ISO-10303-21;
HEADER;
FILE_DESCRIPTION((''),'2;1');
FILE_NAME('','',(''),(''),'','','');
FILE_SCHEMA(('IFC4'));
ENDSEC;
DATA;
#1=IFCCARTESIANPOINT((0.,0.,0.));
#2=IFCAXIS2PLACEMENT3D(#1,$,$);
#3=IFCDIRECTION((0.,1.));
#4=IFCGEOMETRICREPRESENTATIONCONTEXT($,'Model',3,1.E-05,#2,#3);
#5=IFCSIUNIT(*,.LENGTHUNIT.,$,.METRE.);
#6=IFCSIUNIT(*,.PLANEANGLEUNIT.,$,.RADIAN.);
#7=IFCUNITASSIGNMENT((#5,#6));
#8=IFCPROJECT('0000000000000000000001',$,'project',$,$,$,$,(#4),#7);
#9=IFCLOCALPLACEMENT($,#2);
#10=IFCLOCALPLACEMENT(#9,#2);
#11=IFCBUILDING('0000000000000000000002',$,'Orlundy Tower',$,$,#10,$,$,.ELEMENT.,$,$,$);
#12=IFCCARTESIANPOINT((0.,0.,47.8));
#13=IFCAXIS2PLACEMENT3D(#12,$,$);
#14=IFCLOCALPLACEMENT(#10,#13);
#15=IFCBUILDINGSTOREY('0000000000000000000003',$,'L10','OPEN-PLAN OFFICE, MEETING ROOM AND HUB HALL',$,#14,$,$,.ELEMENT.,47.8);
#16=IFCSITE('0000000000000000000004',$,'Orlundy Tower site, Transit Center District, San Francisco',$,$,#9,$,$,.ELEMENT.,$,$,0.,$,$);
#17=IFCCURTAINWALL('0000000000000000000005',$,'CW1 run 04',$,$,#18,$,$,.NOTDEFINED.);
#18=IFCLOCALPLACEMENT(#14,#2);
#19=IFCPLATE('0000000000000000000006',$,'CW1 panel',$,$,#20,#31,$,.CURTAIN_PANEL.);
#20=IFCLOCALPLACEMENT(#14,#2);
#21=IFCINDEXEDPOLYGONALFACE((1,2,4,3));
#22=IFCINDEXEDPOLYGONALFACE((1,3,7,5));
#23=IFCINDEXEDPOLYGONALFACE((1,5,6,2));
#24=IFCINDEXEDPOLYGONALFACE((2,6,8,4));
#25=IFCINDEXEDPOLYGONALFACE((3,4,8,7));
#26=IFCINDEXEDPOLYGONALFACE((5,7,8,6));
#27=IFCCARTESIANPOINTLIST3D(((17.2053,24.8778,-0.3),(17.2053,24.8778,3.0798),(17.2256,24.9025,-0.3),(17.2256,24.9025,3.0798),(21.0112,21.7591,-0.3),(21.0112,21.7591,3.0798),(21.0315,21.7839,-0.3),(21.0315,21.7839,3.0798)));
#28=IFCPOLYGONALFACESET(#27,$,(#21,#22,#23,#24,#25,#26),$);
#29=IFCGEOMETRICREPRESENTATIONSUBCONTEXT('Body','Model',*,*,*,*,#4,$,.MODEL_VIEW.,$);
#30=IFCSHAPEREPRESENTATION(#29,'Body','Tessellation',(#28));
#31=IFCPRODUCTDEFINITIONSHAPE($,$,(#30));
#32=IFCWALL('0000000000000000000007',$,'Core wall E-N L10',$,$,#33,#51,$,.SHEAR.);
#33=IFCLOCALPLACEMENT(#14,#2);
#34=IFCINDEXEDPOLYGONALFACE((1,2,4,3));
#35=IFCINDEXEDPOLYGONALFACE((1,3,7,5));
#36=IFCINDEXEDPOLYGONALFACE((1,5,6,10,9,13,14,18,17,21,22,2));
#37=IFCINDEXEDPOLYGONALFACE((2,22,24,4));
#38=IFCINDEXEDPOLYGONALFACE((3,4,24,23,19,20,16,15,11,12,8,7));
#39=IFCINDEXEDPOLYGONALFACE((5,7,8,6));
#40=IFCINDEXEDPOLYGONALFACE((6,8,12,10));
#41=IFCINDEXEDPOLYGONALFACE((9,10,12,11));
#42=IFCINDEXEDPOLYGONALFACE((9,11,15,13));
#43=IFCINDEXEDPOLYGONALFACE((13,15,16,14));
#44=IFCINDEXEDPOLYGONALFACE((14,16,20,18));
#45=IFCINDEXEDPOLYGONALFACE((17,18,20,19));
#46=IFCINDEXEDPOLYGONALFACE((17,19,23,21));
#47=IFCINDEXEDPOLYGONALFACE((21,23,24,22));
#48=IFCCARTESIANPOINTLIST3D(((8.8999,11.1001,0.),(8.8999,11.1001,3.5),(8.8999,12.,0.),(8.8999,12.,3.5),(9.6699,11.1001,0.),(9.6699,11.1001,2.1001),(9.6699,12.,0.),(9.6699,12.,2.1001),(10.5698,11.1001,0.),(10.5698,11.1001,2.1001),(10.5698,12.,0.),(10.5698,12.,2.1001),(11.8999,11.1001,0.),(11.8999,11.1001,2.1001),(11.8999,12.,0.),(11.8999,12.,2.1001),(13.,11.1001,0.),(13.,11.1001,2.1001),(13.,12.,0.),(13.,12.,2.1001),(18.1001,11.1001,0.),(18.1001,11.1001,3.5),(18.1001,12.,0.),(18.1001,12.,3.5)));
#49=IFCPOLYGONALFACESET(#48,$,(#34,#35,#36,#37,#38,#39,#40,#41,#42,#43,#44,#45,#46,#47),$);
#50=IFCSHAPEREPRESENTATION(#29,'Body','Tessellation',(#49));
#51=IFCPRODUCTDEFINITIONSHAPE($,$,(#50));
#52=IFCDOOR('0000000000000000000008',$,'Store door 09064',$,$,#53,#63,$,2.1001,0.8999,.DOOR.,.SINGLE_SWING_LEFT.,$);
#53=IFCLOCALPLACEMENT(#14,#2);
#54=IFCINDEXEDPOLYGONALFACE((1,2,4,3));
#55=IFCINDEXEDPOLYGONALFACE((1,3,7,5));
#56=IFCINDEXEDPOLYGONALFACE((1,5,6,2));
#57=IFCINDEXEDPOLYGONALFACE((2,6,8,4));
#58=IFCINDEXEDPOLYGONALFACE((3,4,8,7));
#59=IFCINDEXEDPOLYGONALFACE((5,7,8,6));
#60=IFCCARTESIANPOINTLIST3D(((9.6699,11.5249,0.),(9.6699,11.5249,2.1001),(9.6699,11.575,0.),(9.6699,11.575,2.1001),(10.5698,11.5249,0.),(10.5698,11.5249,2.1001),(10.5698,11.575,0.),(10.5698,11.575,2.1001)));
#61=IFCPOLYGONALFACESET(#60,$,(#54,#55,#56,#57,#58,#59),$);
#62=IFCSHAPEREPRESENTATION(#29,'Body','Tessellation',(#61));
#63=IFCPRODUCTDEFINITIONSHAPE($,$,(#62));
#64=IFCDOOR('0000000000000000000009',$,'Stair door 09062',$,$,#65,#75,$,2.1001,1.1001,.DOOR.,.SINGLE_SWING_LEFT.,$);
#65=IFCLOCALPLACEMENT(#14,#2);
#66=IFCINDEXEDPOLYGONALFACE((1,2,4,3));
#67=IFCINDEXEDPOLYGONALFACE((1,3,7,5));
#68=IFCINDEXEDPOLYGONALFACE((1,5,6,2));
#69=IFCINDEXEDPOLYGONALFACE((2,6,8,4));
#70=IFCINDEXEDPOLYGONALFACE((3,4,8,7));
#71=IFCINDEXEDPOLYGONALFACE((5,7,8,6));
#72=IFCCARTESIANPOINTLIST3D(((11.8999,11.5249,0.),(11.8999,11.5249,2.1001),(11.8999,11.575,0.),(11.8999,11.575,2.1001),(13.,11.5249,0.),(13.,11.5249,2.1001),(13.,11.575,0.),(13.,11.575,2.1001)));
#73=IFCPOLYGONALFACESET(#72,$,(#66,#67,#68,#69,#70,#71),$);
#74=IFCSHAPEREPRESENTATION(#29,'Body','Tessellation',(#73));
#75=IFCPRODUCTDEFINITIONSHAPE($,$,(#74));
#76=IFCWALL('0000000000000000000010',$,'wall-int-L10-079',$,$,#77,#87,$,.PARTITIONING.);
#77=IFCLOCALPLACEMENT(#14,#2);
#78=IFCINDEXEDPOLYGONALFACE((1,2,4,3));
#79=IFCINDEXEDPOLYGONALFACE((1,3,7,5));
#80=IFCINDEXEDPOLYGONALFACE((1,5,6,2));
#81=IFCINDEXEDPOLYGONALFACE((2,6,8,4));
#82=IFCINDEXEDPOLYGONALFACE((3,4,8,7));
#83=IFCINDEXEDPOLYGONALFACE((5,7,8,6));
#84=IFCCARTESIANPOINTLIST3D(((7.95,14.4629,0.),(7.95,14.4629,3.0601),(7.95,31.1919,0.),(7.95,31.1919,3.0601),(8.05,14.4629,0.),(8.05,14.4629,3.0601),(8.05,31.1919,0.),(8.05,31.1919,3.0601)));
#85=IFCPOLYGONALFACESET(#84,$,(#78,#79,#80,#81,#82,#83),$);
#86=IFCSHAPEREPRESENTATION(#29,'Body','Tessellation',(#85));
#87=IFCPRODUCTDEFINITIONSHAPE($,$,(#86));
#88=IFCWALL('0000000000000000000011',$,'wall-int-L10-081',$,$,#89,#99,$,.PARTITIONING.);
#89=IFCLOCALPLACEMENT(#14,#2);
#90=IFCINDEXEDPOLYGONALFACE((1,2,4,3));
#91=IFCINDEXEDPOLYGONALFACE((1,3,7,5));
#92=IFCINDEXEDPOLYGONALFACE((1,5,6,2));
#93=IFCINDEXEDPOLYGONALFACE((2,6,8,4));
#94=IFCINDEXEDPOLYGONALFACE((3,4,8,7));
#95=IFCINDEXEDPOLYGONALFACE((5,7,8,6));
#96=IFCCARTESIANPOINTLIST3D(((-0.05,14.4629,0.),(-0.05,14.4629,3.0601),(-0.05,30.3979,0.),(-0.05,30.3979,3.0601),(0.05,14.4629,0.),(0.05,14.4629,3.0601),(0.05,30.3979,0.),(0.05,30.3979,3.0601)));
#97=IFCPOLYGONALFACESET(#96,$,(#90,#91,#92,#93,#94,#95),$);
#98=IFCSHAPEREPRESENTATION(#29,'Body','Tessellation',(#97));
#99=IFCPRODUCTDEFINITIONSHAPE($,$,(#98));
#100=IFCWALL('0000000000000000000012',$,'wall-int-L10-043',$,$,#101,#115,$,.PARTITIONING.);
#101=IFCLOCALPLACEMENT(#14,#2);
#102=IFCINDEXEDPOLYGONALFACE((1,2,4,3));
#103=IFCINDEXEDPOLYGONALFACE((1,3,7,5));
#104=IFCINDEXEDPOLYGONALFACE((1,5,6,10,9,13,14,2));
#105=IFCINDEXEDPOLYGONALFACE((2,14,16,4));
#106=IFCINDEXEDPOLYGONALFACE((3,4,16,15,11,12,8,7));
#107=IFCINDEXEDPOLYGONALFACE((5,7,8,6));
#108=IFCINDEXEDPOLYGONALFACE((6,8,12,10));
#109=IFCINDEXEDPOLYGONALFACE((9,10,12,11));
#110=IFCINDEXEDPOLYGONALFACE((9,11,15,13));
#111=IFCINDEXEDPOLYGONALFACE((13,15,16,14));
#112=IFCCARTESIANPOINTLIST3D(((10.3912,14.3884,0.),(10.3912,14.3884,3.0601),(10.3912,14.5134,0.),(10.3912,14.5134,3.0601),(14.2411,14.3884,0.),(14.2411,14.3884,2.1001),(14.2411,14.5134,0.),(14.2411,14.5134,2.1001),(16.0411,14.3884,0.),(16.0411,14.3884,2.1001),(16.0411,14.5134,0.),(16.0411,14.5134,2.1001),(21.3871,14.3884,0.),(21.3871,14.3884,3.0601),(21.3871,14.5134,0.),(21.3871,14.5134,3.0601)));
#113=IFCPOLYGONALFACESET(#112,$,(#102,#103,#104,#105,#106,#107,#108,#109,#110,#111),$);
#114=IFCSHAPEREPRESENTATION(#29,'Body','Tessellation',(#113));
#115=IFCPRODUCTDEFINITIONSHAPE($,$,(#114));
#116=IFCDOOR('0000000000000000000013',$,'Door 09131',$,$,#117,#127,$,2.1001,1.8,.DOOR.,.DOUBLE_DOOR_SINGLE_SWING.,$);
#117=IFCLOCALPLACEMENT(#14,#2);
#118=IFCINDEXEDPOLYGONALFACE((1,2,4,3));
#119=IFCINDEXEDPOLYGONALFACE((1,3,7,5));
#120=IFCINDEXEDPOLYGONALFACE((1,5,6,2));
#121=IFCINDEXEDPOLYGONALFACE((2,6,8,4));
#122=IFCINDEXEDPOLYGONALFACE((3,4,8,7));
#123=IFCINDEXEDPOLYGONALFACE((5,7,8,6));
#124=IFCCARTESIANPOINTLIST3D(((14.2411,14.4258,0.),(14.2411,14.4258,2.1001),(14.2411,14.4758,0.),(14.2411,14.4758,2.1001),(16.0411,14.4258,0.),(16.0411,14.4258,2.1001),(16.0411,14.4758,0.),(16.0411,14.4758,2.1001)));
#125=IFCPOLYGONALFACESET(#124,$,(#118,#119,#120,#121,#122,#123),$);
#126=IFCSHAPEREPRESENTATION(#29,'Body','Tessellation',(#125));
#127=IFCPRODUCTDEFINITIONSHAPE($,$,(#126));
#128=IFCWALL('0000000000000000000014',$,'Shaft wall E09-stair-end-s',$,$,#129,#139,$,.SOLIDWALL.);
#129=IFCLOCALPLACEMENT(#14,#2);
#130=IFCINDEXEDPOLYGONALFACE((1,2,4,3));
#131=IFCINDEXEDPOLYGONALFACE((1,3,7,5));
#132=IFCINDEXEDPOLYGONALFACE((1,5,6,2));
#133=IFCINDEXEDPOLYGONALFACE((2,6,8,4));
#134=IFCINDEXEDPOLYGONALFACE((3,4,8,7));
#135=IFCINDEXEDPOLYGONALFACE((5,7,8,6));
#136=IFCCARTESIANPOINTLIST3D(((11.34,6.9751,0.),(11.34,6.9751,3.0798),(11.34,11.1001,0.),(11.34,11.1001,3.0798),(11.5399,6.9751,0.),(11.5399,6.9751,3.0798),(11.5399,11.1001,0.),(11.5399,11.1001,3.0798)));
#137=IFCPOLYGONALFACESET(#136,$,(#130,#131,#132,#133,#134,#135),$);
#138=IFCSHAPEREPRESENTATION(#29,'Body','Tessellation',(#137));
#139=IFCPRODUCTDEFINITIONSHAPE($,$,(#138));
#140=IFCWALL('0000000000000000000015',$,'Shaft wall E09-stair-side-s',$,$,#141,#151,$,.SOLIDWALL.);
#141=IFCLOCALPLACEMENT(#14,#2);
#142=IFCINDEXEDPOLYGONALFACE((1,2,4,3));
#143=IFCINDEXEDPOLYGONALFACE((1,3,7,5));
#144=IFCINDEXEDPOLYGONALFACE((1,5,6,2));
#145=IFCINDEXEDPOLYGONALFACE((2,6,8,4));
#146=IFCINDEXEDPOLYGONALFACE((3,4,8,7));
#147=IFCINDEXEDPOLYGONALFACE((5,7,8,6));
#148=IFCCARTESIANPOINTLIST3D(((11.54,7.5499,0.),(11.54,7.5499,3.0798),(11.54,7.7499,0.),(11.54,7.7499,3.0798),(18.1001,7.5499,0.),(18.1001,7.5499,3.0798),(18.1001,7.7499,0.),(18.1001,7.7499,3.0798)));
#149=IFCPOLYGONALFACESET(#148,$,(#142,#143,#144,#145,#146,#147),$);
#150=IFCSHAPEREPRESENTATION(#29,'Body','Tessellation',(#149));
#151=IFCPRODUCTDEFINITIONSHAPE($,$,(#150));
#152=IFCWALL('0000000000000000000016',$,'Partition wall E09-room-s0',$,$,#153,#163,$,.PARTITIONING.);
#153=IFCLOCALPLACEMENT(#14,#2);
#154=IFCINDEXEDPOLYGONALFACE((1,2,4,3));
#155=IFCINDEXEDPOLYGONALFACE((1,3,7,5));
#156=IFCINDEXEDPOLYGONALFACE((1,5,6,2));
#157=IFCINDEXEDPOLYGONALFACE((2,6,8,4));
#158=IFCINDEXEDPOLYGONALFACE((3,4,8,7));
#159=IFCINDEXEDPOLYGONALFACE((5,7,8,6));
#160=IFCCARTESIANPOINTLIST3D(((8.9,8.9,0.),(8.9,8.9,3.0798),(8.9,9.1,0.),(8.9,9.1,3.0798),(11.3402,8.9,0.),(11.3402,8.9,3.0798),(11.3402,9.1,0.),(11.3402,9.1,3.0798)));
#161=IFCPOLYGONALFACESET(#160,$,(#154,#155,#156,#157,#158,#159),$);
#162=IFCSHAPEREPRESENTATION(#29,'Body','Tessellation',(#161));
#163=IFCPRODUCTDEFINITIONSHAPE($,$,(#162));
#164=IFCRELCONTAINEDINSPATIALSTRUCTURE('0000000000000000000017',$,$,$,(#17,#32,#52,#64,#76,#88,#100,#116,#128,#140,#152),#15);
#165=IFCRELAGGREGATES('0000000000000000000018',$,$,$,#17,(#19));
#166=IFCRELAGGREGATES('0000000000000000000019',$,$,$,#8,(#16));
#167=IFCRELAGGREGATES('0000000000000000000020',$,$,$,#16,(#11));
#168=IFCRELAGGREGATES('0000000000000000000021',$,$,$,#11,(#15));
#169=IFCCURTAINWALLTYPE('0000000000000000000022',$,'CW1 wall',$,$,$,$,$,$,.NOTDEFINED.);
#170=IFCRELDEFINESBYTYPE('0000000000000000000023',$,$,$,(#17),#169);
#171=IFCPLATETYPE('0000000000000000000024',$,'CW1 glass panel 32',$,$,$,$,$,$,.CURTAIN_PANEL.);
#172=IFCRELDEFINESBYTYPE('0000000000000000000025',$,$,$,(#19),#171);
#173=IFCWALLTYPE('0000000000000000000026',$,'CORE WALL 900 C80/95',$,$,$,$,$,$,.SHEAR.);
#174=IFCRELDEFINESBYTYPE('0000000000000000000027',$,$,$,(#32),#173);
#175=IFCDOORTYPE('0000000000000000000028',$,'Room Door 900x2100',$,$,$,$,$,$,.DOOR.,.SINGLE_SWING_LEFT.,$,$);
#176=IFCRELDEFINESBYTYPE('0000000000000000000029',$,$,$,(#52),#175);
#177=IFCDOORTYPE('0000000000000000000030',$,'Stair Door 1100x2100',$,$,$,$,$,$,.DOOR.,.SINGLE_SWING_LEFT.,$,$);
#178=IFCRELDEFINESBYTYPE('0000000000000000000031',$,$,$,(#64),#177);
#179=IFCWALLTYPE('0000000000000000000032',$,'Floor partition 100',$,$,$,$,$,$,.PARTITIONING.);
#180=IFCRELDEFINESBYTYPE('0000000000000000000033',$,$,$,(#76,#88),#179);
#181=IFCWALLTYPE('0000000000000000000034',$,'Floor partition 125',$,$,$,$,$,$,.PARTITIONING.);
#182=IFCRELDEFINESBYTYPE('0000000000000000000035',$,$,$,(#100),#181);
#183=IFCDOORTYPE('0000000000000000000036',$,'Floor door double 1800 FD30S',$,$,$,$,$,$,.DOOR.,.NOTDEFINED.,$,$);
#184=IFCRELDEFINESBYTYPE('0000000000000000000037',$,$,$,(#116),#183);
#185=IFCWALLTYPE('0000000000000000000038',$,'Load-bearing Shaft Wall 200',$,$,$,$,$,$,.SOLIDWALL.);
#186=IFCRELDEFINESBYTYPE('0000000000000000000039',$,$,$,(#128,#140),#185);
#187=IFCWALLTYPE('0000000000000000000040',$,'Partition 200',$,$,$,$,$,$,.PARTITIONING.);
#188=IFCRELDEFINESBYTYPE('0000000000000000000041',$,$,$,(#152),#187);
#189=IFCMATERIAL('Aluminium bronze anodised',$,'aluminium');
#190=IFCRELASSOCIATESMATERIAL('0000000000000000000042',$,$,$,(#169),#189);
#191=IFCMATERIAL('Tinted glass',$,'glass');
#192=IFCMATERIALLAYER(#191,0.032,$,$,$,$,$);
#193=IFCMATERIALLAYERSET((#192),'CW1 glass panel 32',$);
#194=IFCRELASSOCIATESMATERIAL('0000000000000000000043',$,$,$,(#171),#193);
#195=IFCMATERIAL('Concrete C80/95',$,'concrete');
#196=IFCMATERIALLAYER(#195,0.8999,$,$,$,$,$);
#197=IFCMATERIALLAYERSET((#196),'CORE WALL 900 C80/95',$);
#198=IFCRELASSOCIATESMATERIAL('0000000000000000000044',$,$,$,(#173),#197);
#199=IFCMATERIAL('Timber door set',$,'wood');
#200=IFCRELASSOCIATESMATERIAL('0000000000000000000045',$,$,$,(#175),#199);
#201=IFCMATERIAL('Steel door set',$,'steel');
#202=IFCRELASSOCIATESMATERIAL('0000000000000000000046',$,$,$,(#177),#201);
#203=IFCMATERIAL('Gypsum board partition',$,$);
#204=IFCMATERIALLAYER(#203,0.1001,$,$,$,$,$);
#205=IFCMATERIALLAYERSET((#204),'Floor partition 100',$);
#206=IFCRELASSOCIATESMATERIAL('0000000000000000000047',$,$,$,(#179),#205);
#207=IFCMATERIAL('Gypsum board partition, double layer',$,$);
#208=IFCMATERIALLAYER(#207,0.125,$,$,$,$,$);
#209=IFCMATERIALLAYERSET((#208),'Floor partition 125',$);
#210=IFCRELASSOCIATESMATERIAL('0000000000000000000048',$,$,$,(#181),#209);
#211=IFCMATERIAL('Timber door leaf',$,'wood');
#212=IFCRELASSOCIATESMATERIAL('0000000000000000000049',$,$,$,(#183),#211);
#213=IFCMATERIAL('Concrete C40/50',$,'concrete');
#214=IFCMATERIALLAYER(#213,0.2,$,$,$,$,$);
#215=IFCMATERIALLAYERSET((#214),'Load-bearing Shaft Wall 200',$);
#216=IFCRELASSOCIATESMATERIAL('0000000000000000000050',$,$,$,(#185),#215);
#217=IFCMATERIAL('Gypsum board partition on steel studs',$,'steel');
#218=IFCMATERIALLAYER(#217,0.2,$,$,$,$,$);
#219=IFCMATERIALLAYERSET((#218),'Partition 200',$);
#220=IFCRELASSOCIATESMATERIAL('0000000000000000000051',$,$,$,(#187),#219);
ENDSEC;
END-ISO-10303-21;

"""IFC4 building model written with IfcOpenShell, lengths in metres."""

from ifc_helpers import new_model, si_unit, direction, frame, frame_2d, origin, origin_2d, place, context, subcontext, project, spatial, rectangle, extrude, material, layer, layer_set, type_object, element, fill, aggregate, save


model = new_model("IFC4")

# Units and contexts
model_context = context("Model", 3, precision=1e-05, world=origin(), true_north=direction((0.0, 1.0)))
body_context = subcontext(model_context, "Body", "Model", "MODEL_VIEW")
ifc_project = project(units=[si_unit("LENGTHUNIT", "METRE"), si_unit("PLANEANGLEUNIT", "RADIAN")], contexts=[model_context])

# Site, building, storey
site_placement = place(None, origin())
site = spatial("IfcSite", under=ifc_project, at=site_placement, Name="Orlundy Tower site, Transit Center District, San Francisco", CompositionType="ELEMENT", RefElevation=0.0)
building_placement = place(site_placement, origin())
building = spatial("IfcBuilding", under=site, at=building_placement, Name="Orlundy Tower", CompositionType="ELEMENT")
storey_placement = place(building_placement, frame((0.0, 0.0, 47.8)))
storey = spatial("IfcBuildingStorey", under=building, at=storey_placement, Name="L10", Description="OPEN-PLAN OFFICE, MEETING ROOM AND HUB HALL", CompositionType="ELEMENT", Elevation=47.8)

# Curtain wall, plate
ifc_material_1 = material(Name="Aluminium bronze anodised", Category="aluminium")
curtain_wall_type = type_object("IfcCurtainWallType", Name="CW1 wall", PredefinedType="NOTDEFINED", material=ifc_material_1)
curtain_wall_placement = place(storey_placement, origin())
curtain_wall = element("IfcCurtainWall", 1, at=curtain_wall_placement, inside=storey, type_object=curtain_wall_type, Name="CW1 run 04", PredefinedType="NOTDEFINED")
ifc_material_2 = material(Name="Tinted glass", Category="glass")
ifc_layer_1 = layer(ifc_material_2, 0.032)
ifc_layer_set_1 = layer_set([ifc_layer_1], Name="CW1 glass panel 32")
plate_type = type_object("IfcPlateType", Name="CW1 glass panel 32", PredefinedType="CURTAIN_PANEL", material=ifc_layer_set_1)
plate_placement = place(storey_placement, frame((19.1184, 23.3308, -0.3), z_axis=(0.0, 0.0, 1.0), x_axis=(0.773482, -0.633818, 0.0)))
plate = element("IfcPlate", 2, at=plate_placement, type_object=plate_type, Name="CW1 panel", PredefinedType="CURTAIN_PANEL", context=body_context, shape_type="SweptSolid", body=[
    extrude(rectangle(XDim=4.9204, YDim=0.032, at=origin_2d()), origin(), (0.0, 0.0, 1.0), 3.3799),
])
aggregate(curtain_wall, [plate])

# Wall, openings, doors
ifc_material_3 = material(Name="Concrete C80/95", Category="concrete")
ifc_layer_2 = layer(ifc_material_3, 0.8999)
ifc_layer_set_2 = layer_set([ifc_layer_2], Name="CORE WALL 900 C80/95")
wall_type_1 = type_object("IfcWallType", Name="CORE WALL 900 C80/95", PredefinedType="SHEAR", material=ifc_layer_set_2)
wall_1_placement = place(storey_placement, frame((8.8999, 11.55, 0.0), z_axis=(0.0, 0.0, 1.0), x_axis=(1.0, 0.0, 0.0)))
wall_1 = element("IfcWall", 3, at=wall_1_placement, inside=storey, type_object=wall_type_1, Name="Core wall E-N L10", PredefinedType="SHEAR", context=body_context, shape_type="SweptSolid", body=[
    extrude(rectangle(XDim=9.2002, YDim=0.8999, at=frame_2d((4.6001, 0.0))), origin(), (0.0, 0.0, 1.0), 3.5),
])
opening_1_placement = place(wall_1_placement, frame((3.0, 0.0, 0.0)))
opening_1 = element("IfcOpeningElement", 4, at=opening_1_placement, cuts=wall_1, PredefinedType="OPENING", context=body_context, shape_type="SweptSolid", body=[
    extrude(rectangle(XDim=1.1001, YDim=2.1001, at=frame_2d((0.55, 1.05))), frame((0.0, 0.46, 0.0), z_axis=(0.0, -1.0, 0.0), x_axis=(1.0, 0.0, 0.0)), (0.0, 0.0, 1.0), 0.9199),
])
opening_2_placement = place(wall_1_placement, frame((0.77, 0.0, 0.0)))
opening_2 = element("IfcOpeningElement", 5, at=opening_2_placement, cuts=wall_1, PredefinedType="OPENING", context=body_context, shape_type="SweptSolid", body=[
    extrude(rectangle(XDim=0.8999, YDim=2.1001, at=frame_2d((0.45, 1.05))), frame((0.0, 0.46, 0.0), z_axis=(0.0, -1.0, 0.0), x_axis=(1.0, 0.0, 0.0)), (0.0, 0.0, 1.0), 0.9199),
])
ifc_material_4 = material(Name="Timber door set", Category="wood")
door_type_1 = type_object("IfcDoorType", Name="Room Door 900x2100", OperationType="SINGLE_SWING_LEFT", PredefinedType="DOOR", material=ifc_material_4)
door_1_placement = place(opening_2_placement, origin())
door_1 = element("IfcDoor", 6, at=door_1_placement, inside=storey, type_object=door_type_1, Name="Store door 09064", OperationType="SINGLE_SWING_LEFT", OverallHeight=2.1001, OverallWidth=0.8999, PredefinedType="DOOR", context=body_context, shape_type="SweptSolid", body=[
    extrude(rectangle(XDim=0.8999, YDim=2.1001, at=frame_2d((0.45, 1.05))), frame((0.0, 0.0249, 0.0), z_axis=(0.0, -1.0, 0.0), x_axis=(1.0, 0.0, 0.0)), (0.0, 0.0, 1.0), 0.05),
])
fill(opening_2, door_1)
ifc_material_5 = material(Name="Steel door set", Category="steel")
door_type_2 = type_object("IfcDoorType", Name="Stair Door 1100x2100", OperationType="SINGLE_SWING_LEFT", PredefinedType="DOOR", material=ifc_material_5)
door_2_placement = place(opening_1_placement, origin())
door_2 = element("IfcDoor", 7, at=door_2_placement, inside=storey, type_object=door_type_2, Name="Stair door 09062", OperationType="SINGLE_SWING_LEFT", OverallHeight=2.1001, OverallWidth=1.1001, PredefinedType="DOOR", context=body_context, shape_type="SweptSolid", body=[
    extrude(rectangle(XDim=1.1001, YDim=2.1001, at=frame_2d((0.55, 1.05))), frame((0.0, 0.0249, 0.0), z_axis=(0.0, -1.0, 0.0), x_axis=(1.0, 0.0, 0.0)), (0.0, 0.0, 1.0), 0.05),
])
fill(opening_1, door_2)

# Walls
ifc_material_6 = material(Name="Gypsum board partition")
ifc_layer_3 = layer(ifc_material_6, 0.1001)
ifc_layer_set_3 = layer_set([ifc_layer_3], Name="Floor partition 100")
wall_type_2 = type_object("IfcWallType", Name="Floor partition 100", PredefinedType="PARTITIONING", material=ifc_layer_set_3)
wall_2_placement = place(storey_placement, frame((8.0, 14.4629, 0.0), z_axis=(0.0, 0.0, 1.0), x_axis=(0.0, 1.0, 0.0)))
element("IfcWall", 8, at=wall_2_placement, inside=storey, type_object=wall_type_2, Name="wall-int-L10-079", PredefinedType="PARTITIONING", context=body_context, shape_type="SweptSolid", body=[
    extrude(rectangle(XDim=16.729, YDim=0.1001, at=frame_2d((8.3645, 0.0))), origin(), (0.0, 0.0, 1.0), 3.0601),
])
wall_3_placement = place(storey_placement, frame((0.0, 14.4629, 0.0), z_axis=(0.0, 0.0, 1.0), x_axis=(0.0, 1.0, 0.0)))
element("IfcWall", 9, at=wall_3_placement, inside=storey, type_object=wall_type_2, Name="wall-int-L10-081", PredefinedType="PARTITIONING", context=body_context, shape_type="SweptSolid", body=[
    extrude(rectangle(XDim=15.9351, YDim=0.1001, at=frame_2d((7.9675, 0.0))), origin(), (0.0, 0.0, 1.0), 3.0601),
])

# Wall, opening, door
ifc_material_7 = material(Name="Gypsum board partition, double layer")
ifc_layer_4 = layer(ifc_material_7, 0.125)
ifc_layer_set_4 = layer_set([ifc_layer_4], Name="Floor partition 125")
wall_type_3 = type_object("IfcWallType", Name="Floor partition 125", PredefinedType="PARTITIONING", material=ifc_layer_set_4)
wall_4_placement = place(storey_placement, frame((10.3911, 14.4509, 0.0), z_axis=(0.0, 0.0, 1.0), x_axis=(1.0, 0.0, 0.0)))
wall_4 = element("IfcWall", 10, at=wall_4_placement, inside=storey, type_object=wall_type_3, Name="wall-int-L10-043", PredefinedType="PARTITIONING", context=body_context, shape_type="SweptSolid", body=[
    extrude(rectangle(XDim=10.9958, YDim=0.125, at=frame_2d((5.498, 0.0))), origin(), (0.0, 0.0, 1.0), 3.0601),
])
opening_3_placement = place(wall_4_placement, frame((3.8501, 0.0, 0.0)))
opening_3 = element("IfcOpeningElement", 11, at=opening_3_placement, cuts=wall_4, PredefinedType="OPENING", context=body_context, shape_type="SweptSolid", body=[
    extrude(rectangle(XDim=1.8, YDim=2.1001, at=frame_2d((0.8999, 1.05))), frame((0.0, 0.0725, 0.0), z_axis=(0.0, -1.0, 0.0), x_axis=(1.0, 0.0, 0.0)), (0.0, 0.0, 1.0), 0.145),
])
ifc_material_8 = material(Name="Timber door leaf", Category="wood")
door_type_3 = type_object("IfcDoorType", Name="Floor door double 1800 FD30S", OperationType="NOTDEFINED", PredefinedType="DOOR", material=ifc_material_8)
door_3_placement = place(opening_3_placement, origin())
door_3 = element("IfcDoor", 12, at=door_3_placement, inside=storey, type_object=door_type_3, Name="Door 09131", OperationType="DOUBLE_DOOR_SINGLE_SWING", OverallHeight=2.1001, OverallWidth=1.8, PredefinedType="DOOR", context=body_context, shape_type="SweptSolid", body=[
    extrude(rectangle(XDim=1.8, YDim=2.1001, at=frame_2d((0.8999, 1.05))), frame((0.0, 0.0249, 0.0), z_axis=(0.0, -1.0, 0.0), x_axis=(1.0, 0.0, 0.0)), (0.0, 0.0, 1.0), 0.05),
])
fill(opening_3, door_3)

# Walls
ifc_material_9 = material(Name="Concrete C40/50", Category="concrete")
ifc_layer_5 = layer(ifc_material_9, 0.2)
ifc_layer_set_5 = layer_set([ifc_layer_5], Name="Load-bearing Shaft Wall 200")
wall_type_4 = type_object("IfcWallType", Name="Load-bearing Shaft Wall 200", PredefinedType="SOLIDWALL", material=ifc_layer_set_5)
wall_5_placement = place(storey_placement, frame((11.4399, 11.1001, 0.0), z_axis=(0.0, 0.0, 1.0), x_axis=(0.0, -1.0, 0.0)))
element("IfcWall", 13, at=wall_5_placement, inside=storey, type_object=wall_type_4, Name="Shaft wall E09-stair-end-s", PredefinedType="SOLIDWALL", context=body_context, shape_type="SweptSolid", body=[
    extrude(rectangle(XDim=4.125, YDim=0.2, at=frame_2d((2.0625, 0.0))), origin(), (0.0, 0.0, 1.0), 3.0798),
])
wall_6_placement = place(storey_placement, frame((11.54, 7.6499, 0.0), z_axis=(0.0, 0.0, 1.0), x_axis=(1.0, 0.0, 0.0)))
element("IfcWall", 14, at=wall_6_placement, inside=storey, type_object=wall_type_4, Name="Shaft wall E09-stair-side-s", PredefinedType="SOLIDWALL", context=body_context, shape_type="SweptSolid", body=[
    extrude(rectangle(XDim=6.5601, YDim=0.2, at=frame_2d((3.28, 0.0))), origin(), (0.0, 0.0, 1.0), 3.0798),
])
ifc_material_10 = material(Name="Gypsum board partition on steel studs", Category="steel")
ifc_layer_6 = layer(ifc_material_10, 0.2)
ifc_layer_set_6 = layer_set([ifc_layer_6], Name="Partition 200")
wall_type_5 = type_object("IfcWallType", Name="Partition 200", PredefinedType="PARTITIONING", material=ifc_layer_set_6)
wall_7_placement = place(storey_placement, frame((8.8999, 9.0, 0.0), z_axis=(0.0, 0.0, 1.0), x_axis=(1.0, 0.0, 0.0)))
element("IfcWall", 15, at=wall_7_placement, inside=storey, type_object=wall_type_5, Name="Partition wall E09-room-s0", PredefinedType="PARTITIONING", context=body_context, shape_type="SweptSolid", body=[
    extrude(rectangle(XDim=2.4402, YDim=0.2, at=frame_2d((1.2202, 0.0))), origin(), (0.0, 0.0, 1.0), 3.0798),
])

save(model, "model.ifc")
